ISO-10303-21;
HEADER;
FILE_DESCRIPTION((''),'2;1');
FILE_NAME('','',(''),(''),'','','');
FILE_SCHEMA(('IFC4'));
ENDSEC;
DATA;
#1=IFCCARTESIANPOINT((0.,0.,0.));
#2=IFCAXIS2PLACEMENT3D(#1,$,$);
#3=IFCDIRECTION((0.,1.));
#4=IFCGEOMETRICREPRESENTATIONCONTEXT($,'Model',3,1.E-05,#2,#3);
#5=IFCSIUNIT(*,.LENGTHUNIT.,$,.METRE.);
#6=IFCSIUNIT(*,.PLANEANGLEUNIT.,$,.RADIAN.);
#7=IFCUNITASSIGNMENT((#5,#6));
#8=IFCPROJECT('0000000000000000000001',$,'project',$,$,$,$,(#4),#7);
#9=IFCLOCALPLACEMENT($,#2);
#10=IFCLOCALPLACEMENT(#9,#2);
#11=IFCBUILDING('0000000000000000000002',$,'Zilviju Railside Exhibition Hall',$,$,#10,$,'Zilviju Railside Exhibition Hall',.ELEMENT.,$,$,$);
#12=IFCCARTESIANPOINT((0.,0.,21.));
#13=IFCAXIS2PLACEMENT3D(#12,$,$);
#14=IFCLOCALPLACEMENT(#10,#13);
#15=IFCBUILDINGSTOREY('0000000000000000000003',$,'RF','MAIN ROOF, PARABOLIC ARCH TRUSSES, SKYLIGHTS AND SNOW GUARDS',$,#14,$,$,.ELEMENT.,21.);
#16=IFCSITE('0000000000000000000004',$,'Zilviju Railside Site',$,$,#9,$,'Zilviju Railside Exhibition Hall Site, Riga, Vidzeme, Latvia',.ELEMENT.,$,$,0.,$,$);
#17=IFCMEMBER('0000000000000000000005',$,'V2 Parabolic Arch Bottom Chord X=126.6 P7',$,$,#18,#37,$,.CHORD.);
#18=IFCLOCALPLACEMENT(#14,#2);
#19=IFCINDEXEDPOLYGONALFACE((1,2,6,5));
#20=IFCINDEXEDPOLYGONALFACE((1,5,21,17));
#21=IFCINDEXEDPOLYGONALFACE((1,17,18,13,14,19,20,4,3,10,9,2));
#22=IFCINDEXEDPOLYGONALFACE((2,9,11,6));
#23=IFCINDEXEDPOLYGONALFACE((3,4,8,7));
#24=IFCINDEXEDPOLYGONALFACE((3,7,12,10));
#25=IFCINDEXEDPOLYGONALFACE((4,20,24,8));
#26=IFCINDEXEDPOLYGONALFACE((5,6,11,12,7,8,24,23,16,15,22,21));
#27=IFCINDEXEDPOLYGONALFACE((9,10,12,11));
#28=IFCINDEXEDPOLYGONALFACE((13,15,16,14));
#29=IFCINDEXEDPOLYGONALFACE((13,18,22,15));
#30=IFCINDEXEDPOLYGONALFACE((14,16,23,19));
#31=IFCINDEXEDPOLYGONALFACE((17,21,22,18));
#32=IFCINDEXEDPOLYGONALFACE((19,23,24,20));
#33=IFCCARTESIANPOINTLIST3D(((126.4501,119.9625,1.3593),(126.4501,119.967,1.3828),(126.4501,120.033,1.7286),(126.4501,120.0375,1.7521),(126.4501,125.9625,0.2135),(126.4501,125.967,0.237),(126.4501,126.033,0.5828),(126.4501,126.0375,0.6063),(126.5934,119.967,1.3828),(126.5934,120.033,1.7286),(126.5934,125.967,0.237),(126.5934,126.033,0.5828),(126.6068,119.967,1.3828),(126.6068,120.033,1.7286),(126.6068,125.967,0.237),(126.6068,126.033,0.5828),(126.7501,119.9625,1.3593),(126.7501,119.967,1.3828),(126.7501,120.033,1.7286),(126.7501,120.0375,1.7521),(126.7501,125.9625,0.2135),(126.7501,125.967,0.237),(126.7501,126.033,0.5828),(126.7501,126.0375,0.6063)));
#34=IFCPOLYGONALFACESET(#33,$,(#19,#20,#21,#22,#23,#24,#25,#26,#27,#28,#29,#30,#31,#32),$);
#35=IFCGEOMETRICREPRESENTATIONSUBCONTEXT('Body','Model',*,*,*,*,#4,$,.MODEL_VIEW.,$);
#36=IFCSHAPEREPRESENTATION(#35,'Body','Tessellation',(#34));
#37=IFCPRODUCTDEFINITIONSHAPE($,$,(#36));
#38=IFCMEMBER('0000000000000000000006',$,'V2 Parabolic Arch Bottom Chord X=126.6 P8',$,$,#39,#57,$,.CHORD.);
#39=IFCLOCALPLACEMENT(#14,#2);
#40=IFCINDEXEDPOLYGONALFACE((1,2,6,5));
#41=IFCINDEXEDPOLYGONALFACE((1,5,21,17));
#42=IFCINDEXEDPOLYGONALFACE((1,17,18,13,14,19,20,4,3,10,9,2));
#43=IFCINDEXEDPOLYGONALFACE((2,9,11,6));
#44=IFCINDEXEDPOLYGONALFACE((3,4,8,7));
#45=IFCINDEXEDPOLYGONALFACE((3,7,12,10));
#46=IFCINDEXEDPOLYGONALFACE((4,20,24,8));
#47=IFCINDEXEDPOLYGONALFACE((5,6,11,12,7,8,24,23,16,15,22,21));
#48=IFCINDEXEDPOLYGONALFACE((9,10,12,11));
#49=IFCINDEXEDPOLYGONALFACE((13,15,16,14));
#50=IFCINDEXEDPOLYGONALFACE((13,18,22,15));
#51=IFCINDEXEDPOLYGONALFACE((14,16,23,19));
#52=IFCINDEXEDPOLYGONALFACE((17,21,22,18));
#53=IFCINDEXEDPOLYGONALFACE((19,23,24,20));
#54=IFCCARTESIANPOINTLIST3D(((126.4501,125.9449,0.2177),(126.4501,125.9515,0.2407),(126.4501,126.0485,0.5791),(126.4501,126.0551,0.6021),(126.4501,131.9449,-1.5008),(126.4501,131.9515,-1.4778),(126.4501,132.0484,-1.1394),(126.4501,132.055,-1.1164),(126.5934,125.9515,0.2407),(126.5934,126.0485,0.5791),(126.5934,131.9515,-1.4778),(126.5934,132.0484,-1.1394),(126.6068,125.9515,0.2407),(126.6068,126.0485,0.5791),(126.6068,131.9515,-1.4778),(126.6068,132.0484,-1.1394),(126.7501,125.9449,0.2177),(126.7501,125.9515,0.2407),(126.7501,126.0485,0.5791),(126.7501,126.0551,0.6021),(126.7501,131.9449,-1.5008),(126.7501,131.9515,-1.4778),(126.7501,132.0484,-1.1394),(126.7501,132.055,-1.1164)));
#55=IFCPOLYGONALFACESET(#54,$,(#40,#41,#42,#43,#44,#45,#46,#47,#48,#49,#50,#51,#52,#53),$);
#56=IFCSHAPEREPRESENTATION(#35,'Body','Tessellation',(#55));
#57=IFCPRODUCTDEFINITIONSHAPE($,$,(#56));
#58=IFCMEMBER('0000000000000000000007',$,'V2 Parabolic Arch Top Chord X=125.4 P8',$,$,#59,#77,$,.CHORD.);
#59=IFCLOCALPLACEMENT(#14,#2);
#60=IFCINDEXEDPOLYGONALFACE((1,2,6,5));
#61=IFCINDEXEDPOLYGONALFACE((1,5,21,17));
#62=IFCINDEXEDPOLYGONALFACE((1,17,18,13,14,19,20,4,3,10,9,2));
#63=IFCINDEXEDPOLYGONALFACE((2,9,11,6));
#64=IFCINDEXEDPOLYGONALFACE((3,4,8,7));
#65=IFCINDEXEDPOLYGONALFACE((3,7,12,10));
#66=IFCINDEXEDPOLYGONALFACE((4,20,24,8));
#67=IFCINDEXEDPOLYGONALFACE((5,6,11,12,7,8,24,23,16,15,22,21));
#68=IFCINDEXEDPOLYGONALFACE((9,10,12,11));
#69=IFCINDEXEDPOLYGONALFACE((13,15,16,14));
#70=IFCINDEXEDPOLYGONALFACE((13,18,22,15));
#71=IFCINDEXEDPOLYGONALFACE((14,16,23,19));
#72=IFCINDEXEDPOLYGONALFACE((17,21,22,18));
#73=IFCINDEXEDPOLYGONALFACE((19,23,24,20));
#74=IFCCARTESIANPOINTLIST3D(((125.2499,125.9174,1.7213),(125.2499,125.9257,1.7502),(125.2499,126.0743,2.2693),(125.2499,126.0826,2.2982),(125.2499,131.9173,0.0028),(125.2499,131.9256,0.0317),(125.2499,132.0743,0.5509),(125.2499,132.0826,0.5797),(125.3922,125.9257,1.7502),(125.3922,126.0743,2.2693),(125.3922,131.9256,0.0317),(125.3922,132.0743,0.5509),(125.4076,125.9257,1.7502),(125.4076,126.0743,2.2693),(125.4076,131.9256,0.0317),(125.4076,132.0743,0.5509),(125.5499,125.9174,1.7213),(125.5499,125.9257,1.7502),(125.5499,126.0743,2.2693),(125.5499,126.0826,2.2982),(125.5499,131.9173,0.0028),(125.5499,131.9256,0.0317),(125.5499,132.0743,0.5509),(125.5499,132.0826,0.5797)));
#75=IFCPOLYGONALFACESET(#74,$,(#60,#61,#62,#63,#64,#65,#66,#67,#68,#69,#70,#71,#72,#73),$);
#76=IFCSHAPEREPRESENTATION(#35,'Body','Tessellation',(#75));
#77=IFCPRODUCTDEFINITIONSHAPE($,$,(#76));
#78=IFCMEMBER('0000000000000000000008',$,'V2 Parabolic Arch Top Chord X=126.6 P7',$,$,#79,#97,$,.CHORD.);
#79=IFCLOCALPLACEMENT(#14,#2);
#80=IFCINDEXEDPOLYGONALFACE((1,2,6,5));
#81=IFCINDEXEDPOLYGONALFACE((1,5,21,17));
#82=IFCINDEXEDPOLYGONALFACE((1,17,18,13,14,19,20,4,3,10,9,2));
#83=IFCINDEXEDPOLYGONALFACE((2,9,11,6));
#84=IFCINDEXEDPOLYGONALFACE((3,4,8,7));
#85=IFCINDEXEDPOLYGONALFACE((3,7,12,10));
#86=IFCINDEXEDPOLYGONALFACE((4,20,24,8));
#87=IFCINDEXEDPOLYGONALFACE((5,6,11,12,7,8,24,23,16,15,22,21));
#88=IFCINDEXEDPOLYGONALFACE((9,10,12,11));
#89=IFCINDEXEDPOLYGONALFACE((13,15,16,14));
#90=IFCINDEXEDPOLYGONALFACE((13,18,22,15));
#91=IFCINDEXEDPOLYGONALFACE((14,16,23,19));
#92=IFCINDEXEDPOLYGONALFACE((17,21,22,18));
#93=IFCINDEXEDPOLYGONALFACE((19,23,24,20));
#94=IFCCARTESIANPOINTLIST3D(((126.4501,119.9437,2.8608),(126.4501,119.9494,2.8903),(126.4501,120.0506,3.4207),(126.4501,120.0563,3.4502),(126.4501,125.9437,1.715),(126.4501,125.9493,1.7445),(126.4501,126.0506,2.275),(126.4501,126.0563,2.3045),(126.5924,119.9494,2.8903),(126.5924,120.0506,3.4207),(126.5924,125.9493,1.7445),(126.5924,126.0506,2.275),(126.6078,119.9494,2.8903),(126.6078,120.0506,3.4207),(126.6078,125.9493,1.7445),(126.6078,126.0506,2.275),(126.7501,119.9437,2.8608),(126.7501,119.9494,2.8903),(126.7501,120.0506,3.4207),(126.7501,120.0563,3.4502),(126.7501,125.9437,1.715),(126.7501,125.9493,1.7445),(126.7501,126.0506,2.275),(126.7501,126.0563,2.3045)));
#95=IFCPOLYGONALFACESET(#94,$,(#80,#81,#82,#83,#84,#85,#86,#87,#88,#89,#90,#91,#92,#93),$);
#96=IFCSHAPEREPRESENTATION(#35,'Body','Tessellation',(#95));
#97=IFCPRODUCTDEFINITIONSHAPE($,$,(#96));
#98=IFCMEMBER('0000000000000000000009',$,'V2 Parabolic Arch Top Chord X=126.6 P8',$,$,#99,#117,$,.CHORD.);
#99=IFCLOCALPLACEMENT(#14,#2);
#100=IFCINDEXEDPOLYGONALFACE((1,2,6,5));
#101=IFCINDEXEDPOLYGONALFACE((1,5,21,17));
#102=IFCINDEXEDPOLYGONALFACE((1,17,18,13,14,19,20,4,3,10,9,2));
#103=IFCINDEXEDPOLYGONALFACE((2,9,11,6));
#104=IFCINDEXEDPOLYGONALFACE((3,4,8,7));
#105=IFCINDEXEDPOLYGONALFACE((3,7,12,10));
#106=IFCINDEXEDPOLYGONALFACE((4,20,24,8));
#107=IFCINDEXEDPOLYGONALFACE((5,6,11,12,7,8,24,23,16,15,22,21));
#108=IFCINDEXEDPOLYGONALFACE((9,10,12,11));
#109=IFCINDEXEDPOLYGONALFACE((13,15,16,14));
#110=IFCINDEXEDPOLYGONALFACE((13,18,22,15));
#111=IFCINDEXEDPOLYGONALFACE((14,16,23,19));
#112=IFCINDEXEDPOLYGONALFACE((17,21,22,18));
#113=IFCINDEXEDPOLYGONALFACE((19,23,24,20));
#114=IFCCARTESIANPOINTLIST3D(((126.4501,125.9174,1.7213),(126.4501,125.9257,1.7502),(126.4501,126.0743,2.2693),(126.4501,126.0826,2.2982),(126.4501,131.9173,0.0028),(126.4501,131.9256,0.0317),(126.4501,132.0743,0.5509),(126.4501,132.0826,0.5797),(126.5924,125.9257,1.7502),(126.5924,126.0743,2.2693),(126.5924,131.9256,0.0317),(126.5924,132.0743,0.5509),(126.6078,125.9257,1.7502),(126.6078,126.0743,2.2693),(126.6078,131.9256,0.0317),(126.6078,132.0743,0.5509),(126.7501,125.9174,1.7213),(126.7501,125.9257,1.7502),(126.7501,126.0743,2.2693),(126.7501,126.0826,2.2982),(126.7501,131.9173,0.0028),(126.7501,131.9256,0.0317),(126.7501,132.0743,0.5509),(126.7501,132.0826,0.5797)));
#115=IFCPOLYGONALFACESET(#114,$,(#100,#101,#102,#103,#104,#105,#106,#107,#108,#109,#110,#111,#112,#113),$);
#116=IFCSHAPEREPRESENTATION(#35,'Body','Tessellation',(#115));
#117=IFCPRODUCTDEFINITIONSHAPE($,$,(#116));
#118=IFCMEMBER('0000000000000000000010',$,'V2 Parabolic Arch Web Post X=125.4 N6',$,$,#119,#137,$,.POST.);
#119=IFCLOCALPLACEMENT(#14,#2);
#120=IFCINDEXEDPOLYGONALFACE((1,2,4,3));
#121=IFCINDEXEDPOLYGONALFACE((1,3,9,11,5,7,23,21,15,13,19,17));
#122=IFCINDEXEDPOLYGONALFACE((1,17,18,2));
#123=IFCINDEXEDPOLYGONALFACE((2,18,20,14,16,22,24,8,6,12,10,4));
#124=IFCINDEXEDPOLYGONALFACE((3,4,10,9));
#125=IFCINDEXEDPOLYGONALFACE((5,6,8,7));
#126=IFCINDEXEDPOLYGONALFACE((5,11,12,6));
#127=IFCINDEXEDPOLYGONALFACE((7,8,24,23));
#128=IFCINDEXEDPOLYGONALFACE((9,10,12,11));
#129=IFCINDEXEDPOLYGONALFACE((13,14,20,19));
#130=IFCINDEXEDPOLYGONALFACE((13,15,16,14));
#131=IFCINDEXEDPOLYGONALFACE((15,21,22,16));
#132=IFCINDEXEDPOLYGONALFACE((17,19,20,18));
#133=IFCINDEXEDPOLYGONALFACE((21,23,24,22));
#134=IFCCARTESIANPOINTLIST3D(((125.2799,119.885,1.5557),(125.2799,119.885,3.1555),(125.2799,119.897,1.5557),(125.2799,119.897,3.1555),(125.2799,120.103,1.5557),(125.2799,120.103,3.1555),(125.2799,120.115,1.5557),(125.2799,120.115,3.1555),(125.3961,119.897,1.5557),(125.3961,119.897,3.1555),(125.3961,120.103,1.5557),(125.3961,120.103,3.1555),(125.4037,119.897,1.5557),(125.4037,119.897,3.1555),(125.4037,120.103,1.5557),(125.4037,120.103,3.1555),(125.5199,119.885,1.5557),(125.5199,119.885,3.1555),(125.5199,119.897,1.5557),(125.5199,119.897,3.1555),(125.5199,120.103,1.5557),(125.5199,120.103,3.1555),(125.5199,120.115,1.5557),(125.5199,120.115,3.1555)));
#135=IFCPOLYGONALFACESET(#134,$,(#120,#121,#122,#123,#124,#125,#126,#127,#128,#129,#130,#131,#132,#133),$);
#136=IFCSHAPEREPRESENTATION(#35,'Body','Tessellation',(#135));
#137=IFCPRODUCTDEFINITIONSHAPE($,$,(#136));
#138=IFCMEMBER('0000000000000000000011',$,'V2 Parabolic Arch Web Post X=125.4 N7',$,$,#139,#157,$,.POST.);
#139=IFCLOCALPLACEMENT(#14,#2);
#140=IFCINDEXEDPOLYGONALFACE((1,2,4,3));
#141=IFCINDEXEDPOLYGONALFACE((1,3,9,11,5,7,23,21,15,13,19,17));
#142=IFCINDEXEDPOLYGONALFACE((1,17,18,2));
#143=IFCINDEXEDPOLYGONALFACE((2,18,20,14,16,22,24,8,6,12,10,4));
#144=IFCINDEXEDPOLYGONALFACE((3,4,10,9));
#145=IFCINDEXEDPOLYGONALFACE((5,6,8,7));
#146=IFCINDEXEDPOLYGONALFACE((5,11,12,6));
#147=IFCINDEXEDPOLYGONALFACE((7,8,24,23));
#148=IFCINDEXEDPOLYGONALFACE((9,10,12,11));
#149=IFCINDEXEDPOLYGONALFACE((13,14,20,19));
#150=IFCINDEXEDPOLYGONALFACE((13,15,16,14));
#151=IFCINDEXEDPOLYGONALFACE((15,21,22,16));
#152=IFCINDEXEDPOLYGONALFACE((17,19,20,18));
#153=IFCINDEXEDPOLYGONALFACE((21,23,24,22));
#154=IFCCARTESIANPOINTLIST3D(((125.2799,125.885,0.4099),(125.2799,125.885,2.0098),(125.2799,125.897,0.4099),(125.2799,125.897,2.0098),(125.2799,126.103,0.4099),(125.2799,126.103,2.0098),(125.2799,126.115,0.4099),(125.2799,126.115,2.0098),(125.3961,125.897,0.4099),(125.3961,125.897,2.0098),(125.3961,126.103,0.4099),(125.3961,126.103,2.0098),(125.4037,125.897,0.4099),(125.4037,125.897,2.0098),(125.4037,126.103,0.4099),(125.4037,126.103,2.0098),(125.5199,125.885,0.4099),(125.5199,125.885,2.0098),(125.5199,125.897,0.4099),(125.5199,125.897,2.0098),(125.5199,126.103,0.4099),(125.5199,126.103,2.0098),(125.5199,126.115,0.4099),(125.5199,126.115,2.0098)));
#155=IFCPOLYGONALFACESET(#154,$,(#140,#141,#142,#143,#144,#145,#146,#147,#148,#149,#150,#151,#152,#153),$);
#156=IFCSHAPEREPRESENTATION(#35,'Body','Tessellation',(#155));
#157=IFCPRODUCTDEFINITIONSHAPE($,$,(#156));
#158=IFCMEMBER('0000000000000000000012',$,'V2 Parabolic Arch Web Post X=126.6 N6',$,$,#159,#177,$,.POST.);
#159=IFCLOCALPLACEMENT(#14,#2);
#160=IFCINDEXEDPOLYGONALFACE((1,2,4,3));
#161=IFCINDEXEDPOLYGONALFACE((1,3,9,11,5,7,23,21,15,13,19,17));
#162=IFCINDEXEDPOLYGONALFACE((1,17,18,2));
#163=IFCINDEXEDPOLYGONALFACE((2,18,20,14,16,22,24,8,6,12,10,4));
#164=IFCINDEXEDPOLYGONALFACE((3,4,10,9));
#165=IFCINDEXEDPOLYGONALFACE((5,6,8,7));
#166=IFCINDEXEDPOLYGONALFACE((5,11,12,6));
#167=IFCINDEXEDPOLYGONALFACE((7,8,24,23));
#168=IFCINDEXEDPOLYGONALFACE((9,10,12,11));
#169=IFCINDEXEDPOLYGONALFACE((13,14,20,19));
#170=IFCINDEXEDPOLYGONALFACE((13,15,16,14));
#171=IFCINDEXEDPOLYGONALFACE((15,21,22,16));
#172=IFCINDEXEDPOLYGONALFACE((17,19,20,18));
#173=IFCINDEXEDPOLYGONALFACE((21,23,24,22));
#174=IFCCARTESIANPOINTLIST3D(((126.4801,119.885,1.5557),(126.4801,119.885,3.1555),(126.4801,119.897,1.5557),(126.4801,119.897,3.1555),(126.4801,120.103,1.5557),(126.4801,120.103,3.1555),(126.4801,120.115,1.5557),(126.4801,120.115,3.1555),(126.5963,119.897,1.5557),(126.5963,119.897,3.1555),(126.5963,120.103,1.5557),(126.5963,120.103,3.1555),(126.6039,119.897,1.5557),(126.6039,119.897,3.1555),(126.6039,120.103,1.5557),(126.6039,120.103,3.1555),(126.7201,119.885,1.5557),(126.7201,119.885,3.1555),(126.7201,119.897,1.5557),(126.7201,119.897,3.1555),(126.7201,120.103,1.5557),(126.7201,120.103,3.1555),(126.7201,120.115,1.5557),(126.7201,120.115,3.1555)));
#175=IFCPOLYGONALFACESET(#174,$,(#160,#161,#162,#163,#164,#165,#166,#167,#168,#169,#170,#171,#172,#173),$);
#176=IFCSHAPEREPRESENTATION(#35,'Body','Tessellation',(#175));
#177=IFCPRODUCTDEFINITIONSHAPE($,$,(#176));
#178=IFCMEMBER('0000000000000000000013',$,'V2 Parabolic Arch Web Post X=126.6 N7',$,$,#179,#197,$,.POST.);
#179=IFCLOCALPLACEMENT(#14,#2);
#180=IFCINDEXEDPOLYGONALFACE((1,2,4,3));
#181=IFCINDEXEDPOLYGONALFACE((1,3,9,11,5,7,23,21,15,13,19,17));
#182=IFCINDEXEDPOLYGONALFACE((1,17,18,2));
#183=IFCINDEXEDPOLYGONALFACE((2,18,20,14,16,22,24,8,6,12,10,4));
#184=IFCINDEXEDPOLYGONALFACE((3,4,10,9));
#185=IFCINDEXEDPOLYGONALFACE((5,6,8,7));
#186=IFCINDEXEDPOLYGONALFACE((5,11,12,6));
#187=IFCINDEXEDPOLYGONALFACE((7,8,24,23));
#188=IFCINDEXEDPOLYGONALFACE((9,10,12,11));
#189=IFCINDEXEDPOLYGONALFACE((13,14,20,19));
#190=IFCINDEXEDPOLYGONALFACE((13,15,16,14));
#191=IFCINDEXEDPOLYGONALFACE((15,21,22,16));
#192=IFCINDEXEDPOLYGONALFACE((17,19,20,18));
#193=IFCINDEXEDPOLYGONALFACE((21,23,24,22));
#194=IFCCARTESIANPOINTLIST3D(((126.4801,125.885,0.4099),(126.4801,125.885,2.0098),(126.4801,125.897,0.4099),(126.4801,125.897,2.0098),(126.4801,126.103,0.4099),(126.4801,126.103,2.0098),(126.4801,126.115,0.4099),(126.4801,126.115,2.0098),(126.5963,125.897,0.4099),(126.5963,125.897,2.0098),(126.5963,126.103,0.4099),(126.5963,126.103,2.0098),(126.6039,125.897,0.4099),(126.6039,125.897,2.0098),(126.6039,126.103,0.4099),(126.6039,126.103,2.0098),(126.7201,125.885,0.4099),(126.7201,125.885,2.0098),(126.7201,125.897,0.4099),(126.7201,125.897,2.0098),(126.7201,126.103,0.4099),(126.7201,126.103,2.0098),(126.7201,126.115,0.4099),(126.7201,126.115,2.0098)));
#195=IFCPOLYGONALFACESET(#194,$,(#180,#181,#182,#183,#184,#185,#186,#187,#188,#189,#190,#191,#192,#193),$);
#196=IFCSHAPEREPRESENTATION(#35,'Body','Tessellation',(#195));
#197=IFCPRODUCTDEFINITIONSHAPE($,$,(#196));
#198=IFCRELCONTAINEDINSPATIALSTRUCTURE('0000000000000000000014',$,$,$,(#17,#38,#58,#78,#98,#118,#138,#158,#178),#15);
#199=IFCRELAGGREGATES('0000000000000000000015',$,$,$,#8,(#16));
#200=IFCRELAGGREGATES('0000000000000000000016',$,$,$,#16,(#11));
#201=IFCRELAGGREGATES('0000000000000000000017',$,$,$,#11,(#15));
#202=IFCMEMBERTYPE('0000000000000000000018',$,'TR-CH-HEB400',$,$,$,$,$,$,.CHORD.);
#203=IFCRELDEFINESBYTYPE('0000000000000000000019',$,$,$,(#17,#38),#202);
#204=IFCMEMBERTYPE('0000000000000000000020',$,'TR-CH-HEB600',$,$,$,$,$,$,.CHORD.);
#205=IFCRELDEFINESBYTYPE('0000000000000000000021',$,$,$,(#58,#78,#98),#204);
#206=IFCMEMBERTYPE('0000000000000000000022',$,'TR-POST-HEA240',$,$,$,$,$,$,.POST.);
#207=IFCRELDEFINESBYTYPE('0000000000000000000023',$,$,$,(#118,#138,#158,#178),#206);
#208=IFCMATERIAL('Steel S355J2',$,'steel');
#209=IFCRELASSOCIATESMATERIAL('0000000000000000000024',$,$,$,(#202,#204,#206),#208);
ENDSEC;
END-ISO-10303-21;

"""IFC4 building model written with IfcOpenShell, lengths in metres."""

from ifc_helpers import new_model, si_unit, direction, frame, origin, origin_2d, place, context, subcontext, project, spatial, i_section, extrude, material, material_profile, profile_set, type_object, element, save


model = new_model("IFC4")

# Units and contexts
model_context = context("Model", 3, precision=1e-05, world=origin(), true_north=direction((0.0, 1.0)))
body_context = subcontext(model_context, "Body", "Model", "MODEL_VIEW")
ifc_project = project(units=[si_unit("LENGTHUNIT", "METRE"), si_unit("PLANEANGLEUNIT", "RADIAN")], contexts=[model_context])

# Site, building, storey
site_placement = place(None, origin())
site = spatial("IfcSite", under=ifc_project, at=site_placement, Name="Zilviju Railside Site", LongName="Zilviju Railside Exhibition Hall Site, Riga, Vidzeme, Latvia", CompositionType="ELEMENT", RefElevation=0.0)
building_placement = place(site_placement, origin())
building = spatial("IfcBuilding", under=site, at=building_placement, Name="Zilviju Railside Exhibition Hall", LongName="Zilviju Railside Exhibition Hall", CompositionType="ELEMENT")
storey_placement = place(building_placement, frame((0.0, 0.0, 21.0)))
storey = spatial("IfcBuildingStorey", under=building, at=storey_placement, Name="RF", Description="MAIN ROOF, PARABOLIC ARCH TRUSSES, SKYLIGHTS AND SNOW GUARDS", CompositionType="ELEMENT", Elevation=21.0)

# Members
ifc_material_1 = material(Name="Steel S355J2", Category="steel")
ifc_material_profile_1 = material_profile(ifc_material_1, i_section(OverallWidth=0.3, OverallDepth=0.3999, WebThickness=0.0134, FlangeThickness=0.0239, at=origin_2d()), Name="HEB 400")
ifc_profile_set_1 = profile_set([ifc_material_profile_1], Name="Steel S355J2")
member_type_1 = type_object("IfcMemberType", Name="TR-CH-HEB400", PredefinedType="CHORD", material=ifc_profile_set_1)
member_1_placement = place(storey_placement, frame((126.6001, 120.0, 1.5557), z_axis=(0.0, 0.982251, -0.187569), x_axis=(-1.0, 0.0, 0.0)))
element("IfcMember", 1, at=member_1_placement, inside=storey, type_object=member_type_1, Name="V2 Parabolic Arch Bottom Chord X=126.6 P7", PredefinedType="CHORD", context=body_context, shape_type="SweptSolid", body=[
    extrude(i_section(OverallWidth=0.3, OverallDepth=0.3999, WebThickness=0.0134, FlangeThickness=0.0239, at=origin_2d()), origin(), (0.0, 0.0, 1.0), 6.1084),
])
member_2_placement = place(storey_placement, frame((126.6001, 126.0, 0.4099), z_axis=(0.0, 0.961345, -0.275346), x_axis=(-1.0, 0.0, 0.0)))
element("IfcMember", 2, at=member_2_placement, inside=storey, type_object=member_type_1, Name="V2 Parabolic Arch Bottom Chord X=126.6 P8", PredefinedType="CHORD", context=body_context, shape_type="SweptSolid", body=[
    extrude(i_section(OverallWidth=0.3, OverallDepth=0.3999, WebThickness=0.0134, FlangeThickness=0.0239, at=origin_2d()), origin(), (0.0, 0.0, 1.0), 6.2412),
])
ifc_material_profile_2 = material_profile(ifc_material_1, i_section(OverallWidth=0.3, OverallDepth=0.6001, WebThickness=0.0154, FlangeThickness=0.03, at=origin_2d()), Name="HEB 600")
ifc_profile_set_2 = profile_set([ifc_material_profile_2], Name="Steel S355J2")
member_type_2 = type_object("IfcMemberType", Name="TR-CH-HEB600", PredefinedType="CHORD", material=ifc_profile_set_2)
member_3_placement = place(storey_placement, frame((125.3999, 126.0, 2.0098), z_axis=(0.0, 0.961345, -0.275346), x_axis=(-1.0, 0.0, 0.0)))
element("IfcMember", 3, at=member_3_placement, inside=storey, type_object=member_type_2, Name="V2 Parabolic Arch Top Chord X=125.4 P8", PredefinedType="CHORD", context=body_context, shape_type="SweptSolid", body=[
    extrude(i_section(OverallWidth=0.3, OverallDepth=0.6001, WebThickness=0.0154, FlangeThickness=0.03, at=origin_2d()), origin(), (0.0, 0.0, 1.0), 6.2412),
])
member_4_placement = place(storey_placement, frame((126.6001, 120.0, 3.1555), z_axis=(0.0, 0.982251, -0.187569), x_axis=(-1.0, 0.0, 0.0)))
element("IfcMember", 4, at=member_4_placement, inside=storey, type_object=member_type_2, Name="V2 Parabolic Arch Top Chord X=126.6 P7", PredefinedType="CHORD", context=body_context, shape_type="SweptSolid", body=[
    extrude(i_section(OverallWidth=0.3, OverallDepth=0.6001, WebThickness=0.0154, FlangeThickness=0.03, at=origin_2d()), origin(), (0.0, 0.0, 1.0), 6.1084),
])
member_5_placement = place(storey_placement, frame((126.6001, 126.0, 2.0098), z_axis=(0.0, 0.961345, -0.275346), x_axis=(-1.0, 0.0, 0.0)))
element("IfcMember", 5, at=member_5_placement, inside=storey, type_object=member_type_2, Name="V2 Parabolic Arch Top Chord X=126.6 P8", PredefinedType="CHORD", context=body_context, shape_type="SweptSolid", body=[
    extrude(i_section(OverallWidth=0.3, OverallDepth=0.6001, WebThickness=0.0154, FlangeThickness=0.03, at=origin_2d()), origin(), (0.0, 0.0, 1.0), 6.2412),
])
ifc_material_profile_3 = material_profile(ifc_material_1, i_section(OverallWidth=0.24, OverallDepth=0.23, WebThickness=0.0076, FlangeThickness=0.012, at=origin_2d()), Name="HEA 240")
ifc_profile_set_3 = profile_set([ifc_material_profile_3], Name="Steel S355J2")
member_type_3 = type_object("IfcMemberType", Name="TR-POST-HEA240", PredefinedType="POST", material=ifc_profile_set_3)
for number, where, z_axis, x_axis, name in (
    (6, (125.3999, 120.0, 1.5557), (0.0, 0.0, 1.0), (1.0, 0.0, 0.0), "V2 Parabolic Arch Web Post X=125.4 N6"),
    (7, (125.3999, 126.0, 0.4099), (0.0, 0.0, 1.0), (1.0, 0.0, 0.0), "V2 Parabolic Arch Web Post X=125.4 N7"),
    (8, (126.6001, 120.0, 1.5557), (0.0, 0.0, 1.0), (1.0, 0.0, 0.0), "V2 Parabolic Arch Web Post X=126.6 N6"),
    (9, (126.6001, 126.0, 0.4099), (0.0, 0.0, 1.0), (1.0, 0.0, 0.0), "V2 Parabolic Arch Web Post X=126.6 N7"),
):
    element("IfcMember", number, at=place(storey_placement, frame(where, z_axis=z_axis, x_axis=x_axis)), inside=storey, type_object=member_type_3, Name=name, PredefinedType="POST", context=body_context, shape_type="SweptSolid", body=[
        extrude(i_section(OverallWidth=0.24, OverallDepth=0.23, WebThickness=0.0076, FlangeThickness=0.012, at=origin_2d()), origin(), (0.0, 0.0, 1.0), 1.5999),
    ])

save(model, "model.ifc")
